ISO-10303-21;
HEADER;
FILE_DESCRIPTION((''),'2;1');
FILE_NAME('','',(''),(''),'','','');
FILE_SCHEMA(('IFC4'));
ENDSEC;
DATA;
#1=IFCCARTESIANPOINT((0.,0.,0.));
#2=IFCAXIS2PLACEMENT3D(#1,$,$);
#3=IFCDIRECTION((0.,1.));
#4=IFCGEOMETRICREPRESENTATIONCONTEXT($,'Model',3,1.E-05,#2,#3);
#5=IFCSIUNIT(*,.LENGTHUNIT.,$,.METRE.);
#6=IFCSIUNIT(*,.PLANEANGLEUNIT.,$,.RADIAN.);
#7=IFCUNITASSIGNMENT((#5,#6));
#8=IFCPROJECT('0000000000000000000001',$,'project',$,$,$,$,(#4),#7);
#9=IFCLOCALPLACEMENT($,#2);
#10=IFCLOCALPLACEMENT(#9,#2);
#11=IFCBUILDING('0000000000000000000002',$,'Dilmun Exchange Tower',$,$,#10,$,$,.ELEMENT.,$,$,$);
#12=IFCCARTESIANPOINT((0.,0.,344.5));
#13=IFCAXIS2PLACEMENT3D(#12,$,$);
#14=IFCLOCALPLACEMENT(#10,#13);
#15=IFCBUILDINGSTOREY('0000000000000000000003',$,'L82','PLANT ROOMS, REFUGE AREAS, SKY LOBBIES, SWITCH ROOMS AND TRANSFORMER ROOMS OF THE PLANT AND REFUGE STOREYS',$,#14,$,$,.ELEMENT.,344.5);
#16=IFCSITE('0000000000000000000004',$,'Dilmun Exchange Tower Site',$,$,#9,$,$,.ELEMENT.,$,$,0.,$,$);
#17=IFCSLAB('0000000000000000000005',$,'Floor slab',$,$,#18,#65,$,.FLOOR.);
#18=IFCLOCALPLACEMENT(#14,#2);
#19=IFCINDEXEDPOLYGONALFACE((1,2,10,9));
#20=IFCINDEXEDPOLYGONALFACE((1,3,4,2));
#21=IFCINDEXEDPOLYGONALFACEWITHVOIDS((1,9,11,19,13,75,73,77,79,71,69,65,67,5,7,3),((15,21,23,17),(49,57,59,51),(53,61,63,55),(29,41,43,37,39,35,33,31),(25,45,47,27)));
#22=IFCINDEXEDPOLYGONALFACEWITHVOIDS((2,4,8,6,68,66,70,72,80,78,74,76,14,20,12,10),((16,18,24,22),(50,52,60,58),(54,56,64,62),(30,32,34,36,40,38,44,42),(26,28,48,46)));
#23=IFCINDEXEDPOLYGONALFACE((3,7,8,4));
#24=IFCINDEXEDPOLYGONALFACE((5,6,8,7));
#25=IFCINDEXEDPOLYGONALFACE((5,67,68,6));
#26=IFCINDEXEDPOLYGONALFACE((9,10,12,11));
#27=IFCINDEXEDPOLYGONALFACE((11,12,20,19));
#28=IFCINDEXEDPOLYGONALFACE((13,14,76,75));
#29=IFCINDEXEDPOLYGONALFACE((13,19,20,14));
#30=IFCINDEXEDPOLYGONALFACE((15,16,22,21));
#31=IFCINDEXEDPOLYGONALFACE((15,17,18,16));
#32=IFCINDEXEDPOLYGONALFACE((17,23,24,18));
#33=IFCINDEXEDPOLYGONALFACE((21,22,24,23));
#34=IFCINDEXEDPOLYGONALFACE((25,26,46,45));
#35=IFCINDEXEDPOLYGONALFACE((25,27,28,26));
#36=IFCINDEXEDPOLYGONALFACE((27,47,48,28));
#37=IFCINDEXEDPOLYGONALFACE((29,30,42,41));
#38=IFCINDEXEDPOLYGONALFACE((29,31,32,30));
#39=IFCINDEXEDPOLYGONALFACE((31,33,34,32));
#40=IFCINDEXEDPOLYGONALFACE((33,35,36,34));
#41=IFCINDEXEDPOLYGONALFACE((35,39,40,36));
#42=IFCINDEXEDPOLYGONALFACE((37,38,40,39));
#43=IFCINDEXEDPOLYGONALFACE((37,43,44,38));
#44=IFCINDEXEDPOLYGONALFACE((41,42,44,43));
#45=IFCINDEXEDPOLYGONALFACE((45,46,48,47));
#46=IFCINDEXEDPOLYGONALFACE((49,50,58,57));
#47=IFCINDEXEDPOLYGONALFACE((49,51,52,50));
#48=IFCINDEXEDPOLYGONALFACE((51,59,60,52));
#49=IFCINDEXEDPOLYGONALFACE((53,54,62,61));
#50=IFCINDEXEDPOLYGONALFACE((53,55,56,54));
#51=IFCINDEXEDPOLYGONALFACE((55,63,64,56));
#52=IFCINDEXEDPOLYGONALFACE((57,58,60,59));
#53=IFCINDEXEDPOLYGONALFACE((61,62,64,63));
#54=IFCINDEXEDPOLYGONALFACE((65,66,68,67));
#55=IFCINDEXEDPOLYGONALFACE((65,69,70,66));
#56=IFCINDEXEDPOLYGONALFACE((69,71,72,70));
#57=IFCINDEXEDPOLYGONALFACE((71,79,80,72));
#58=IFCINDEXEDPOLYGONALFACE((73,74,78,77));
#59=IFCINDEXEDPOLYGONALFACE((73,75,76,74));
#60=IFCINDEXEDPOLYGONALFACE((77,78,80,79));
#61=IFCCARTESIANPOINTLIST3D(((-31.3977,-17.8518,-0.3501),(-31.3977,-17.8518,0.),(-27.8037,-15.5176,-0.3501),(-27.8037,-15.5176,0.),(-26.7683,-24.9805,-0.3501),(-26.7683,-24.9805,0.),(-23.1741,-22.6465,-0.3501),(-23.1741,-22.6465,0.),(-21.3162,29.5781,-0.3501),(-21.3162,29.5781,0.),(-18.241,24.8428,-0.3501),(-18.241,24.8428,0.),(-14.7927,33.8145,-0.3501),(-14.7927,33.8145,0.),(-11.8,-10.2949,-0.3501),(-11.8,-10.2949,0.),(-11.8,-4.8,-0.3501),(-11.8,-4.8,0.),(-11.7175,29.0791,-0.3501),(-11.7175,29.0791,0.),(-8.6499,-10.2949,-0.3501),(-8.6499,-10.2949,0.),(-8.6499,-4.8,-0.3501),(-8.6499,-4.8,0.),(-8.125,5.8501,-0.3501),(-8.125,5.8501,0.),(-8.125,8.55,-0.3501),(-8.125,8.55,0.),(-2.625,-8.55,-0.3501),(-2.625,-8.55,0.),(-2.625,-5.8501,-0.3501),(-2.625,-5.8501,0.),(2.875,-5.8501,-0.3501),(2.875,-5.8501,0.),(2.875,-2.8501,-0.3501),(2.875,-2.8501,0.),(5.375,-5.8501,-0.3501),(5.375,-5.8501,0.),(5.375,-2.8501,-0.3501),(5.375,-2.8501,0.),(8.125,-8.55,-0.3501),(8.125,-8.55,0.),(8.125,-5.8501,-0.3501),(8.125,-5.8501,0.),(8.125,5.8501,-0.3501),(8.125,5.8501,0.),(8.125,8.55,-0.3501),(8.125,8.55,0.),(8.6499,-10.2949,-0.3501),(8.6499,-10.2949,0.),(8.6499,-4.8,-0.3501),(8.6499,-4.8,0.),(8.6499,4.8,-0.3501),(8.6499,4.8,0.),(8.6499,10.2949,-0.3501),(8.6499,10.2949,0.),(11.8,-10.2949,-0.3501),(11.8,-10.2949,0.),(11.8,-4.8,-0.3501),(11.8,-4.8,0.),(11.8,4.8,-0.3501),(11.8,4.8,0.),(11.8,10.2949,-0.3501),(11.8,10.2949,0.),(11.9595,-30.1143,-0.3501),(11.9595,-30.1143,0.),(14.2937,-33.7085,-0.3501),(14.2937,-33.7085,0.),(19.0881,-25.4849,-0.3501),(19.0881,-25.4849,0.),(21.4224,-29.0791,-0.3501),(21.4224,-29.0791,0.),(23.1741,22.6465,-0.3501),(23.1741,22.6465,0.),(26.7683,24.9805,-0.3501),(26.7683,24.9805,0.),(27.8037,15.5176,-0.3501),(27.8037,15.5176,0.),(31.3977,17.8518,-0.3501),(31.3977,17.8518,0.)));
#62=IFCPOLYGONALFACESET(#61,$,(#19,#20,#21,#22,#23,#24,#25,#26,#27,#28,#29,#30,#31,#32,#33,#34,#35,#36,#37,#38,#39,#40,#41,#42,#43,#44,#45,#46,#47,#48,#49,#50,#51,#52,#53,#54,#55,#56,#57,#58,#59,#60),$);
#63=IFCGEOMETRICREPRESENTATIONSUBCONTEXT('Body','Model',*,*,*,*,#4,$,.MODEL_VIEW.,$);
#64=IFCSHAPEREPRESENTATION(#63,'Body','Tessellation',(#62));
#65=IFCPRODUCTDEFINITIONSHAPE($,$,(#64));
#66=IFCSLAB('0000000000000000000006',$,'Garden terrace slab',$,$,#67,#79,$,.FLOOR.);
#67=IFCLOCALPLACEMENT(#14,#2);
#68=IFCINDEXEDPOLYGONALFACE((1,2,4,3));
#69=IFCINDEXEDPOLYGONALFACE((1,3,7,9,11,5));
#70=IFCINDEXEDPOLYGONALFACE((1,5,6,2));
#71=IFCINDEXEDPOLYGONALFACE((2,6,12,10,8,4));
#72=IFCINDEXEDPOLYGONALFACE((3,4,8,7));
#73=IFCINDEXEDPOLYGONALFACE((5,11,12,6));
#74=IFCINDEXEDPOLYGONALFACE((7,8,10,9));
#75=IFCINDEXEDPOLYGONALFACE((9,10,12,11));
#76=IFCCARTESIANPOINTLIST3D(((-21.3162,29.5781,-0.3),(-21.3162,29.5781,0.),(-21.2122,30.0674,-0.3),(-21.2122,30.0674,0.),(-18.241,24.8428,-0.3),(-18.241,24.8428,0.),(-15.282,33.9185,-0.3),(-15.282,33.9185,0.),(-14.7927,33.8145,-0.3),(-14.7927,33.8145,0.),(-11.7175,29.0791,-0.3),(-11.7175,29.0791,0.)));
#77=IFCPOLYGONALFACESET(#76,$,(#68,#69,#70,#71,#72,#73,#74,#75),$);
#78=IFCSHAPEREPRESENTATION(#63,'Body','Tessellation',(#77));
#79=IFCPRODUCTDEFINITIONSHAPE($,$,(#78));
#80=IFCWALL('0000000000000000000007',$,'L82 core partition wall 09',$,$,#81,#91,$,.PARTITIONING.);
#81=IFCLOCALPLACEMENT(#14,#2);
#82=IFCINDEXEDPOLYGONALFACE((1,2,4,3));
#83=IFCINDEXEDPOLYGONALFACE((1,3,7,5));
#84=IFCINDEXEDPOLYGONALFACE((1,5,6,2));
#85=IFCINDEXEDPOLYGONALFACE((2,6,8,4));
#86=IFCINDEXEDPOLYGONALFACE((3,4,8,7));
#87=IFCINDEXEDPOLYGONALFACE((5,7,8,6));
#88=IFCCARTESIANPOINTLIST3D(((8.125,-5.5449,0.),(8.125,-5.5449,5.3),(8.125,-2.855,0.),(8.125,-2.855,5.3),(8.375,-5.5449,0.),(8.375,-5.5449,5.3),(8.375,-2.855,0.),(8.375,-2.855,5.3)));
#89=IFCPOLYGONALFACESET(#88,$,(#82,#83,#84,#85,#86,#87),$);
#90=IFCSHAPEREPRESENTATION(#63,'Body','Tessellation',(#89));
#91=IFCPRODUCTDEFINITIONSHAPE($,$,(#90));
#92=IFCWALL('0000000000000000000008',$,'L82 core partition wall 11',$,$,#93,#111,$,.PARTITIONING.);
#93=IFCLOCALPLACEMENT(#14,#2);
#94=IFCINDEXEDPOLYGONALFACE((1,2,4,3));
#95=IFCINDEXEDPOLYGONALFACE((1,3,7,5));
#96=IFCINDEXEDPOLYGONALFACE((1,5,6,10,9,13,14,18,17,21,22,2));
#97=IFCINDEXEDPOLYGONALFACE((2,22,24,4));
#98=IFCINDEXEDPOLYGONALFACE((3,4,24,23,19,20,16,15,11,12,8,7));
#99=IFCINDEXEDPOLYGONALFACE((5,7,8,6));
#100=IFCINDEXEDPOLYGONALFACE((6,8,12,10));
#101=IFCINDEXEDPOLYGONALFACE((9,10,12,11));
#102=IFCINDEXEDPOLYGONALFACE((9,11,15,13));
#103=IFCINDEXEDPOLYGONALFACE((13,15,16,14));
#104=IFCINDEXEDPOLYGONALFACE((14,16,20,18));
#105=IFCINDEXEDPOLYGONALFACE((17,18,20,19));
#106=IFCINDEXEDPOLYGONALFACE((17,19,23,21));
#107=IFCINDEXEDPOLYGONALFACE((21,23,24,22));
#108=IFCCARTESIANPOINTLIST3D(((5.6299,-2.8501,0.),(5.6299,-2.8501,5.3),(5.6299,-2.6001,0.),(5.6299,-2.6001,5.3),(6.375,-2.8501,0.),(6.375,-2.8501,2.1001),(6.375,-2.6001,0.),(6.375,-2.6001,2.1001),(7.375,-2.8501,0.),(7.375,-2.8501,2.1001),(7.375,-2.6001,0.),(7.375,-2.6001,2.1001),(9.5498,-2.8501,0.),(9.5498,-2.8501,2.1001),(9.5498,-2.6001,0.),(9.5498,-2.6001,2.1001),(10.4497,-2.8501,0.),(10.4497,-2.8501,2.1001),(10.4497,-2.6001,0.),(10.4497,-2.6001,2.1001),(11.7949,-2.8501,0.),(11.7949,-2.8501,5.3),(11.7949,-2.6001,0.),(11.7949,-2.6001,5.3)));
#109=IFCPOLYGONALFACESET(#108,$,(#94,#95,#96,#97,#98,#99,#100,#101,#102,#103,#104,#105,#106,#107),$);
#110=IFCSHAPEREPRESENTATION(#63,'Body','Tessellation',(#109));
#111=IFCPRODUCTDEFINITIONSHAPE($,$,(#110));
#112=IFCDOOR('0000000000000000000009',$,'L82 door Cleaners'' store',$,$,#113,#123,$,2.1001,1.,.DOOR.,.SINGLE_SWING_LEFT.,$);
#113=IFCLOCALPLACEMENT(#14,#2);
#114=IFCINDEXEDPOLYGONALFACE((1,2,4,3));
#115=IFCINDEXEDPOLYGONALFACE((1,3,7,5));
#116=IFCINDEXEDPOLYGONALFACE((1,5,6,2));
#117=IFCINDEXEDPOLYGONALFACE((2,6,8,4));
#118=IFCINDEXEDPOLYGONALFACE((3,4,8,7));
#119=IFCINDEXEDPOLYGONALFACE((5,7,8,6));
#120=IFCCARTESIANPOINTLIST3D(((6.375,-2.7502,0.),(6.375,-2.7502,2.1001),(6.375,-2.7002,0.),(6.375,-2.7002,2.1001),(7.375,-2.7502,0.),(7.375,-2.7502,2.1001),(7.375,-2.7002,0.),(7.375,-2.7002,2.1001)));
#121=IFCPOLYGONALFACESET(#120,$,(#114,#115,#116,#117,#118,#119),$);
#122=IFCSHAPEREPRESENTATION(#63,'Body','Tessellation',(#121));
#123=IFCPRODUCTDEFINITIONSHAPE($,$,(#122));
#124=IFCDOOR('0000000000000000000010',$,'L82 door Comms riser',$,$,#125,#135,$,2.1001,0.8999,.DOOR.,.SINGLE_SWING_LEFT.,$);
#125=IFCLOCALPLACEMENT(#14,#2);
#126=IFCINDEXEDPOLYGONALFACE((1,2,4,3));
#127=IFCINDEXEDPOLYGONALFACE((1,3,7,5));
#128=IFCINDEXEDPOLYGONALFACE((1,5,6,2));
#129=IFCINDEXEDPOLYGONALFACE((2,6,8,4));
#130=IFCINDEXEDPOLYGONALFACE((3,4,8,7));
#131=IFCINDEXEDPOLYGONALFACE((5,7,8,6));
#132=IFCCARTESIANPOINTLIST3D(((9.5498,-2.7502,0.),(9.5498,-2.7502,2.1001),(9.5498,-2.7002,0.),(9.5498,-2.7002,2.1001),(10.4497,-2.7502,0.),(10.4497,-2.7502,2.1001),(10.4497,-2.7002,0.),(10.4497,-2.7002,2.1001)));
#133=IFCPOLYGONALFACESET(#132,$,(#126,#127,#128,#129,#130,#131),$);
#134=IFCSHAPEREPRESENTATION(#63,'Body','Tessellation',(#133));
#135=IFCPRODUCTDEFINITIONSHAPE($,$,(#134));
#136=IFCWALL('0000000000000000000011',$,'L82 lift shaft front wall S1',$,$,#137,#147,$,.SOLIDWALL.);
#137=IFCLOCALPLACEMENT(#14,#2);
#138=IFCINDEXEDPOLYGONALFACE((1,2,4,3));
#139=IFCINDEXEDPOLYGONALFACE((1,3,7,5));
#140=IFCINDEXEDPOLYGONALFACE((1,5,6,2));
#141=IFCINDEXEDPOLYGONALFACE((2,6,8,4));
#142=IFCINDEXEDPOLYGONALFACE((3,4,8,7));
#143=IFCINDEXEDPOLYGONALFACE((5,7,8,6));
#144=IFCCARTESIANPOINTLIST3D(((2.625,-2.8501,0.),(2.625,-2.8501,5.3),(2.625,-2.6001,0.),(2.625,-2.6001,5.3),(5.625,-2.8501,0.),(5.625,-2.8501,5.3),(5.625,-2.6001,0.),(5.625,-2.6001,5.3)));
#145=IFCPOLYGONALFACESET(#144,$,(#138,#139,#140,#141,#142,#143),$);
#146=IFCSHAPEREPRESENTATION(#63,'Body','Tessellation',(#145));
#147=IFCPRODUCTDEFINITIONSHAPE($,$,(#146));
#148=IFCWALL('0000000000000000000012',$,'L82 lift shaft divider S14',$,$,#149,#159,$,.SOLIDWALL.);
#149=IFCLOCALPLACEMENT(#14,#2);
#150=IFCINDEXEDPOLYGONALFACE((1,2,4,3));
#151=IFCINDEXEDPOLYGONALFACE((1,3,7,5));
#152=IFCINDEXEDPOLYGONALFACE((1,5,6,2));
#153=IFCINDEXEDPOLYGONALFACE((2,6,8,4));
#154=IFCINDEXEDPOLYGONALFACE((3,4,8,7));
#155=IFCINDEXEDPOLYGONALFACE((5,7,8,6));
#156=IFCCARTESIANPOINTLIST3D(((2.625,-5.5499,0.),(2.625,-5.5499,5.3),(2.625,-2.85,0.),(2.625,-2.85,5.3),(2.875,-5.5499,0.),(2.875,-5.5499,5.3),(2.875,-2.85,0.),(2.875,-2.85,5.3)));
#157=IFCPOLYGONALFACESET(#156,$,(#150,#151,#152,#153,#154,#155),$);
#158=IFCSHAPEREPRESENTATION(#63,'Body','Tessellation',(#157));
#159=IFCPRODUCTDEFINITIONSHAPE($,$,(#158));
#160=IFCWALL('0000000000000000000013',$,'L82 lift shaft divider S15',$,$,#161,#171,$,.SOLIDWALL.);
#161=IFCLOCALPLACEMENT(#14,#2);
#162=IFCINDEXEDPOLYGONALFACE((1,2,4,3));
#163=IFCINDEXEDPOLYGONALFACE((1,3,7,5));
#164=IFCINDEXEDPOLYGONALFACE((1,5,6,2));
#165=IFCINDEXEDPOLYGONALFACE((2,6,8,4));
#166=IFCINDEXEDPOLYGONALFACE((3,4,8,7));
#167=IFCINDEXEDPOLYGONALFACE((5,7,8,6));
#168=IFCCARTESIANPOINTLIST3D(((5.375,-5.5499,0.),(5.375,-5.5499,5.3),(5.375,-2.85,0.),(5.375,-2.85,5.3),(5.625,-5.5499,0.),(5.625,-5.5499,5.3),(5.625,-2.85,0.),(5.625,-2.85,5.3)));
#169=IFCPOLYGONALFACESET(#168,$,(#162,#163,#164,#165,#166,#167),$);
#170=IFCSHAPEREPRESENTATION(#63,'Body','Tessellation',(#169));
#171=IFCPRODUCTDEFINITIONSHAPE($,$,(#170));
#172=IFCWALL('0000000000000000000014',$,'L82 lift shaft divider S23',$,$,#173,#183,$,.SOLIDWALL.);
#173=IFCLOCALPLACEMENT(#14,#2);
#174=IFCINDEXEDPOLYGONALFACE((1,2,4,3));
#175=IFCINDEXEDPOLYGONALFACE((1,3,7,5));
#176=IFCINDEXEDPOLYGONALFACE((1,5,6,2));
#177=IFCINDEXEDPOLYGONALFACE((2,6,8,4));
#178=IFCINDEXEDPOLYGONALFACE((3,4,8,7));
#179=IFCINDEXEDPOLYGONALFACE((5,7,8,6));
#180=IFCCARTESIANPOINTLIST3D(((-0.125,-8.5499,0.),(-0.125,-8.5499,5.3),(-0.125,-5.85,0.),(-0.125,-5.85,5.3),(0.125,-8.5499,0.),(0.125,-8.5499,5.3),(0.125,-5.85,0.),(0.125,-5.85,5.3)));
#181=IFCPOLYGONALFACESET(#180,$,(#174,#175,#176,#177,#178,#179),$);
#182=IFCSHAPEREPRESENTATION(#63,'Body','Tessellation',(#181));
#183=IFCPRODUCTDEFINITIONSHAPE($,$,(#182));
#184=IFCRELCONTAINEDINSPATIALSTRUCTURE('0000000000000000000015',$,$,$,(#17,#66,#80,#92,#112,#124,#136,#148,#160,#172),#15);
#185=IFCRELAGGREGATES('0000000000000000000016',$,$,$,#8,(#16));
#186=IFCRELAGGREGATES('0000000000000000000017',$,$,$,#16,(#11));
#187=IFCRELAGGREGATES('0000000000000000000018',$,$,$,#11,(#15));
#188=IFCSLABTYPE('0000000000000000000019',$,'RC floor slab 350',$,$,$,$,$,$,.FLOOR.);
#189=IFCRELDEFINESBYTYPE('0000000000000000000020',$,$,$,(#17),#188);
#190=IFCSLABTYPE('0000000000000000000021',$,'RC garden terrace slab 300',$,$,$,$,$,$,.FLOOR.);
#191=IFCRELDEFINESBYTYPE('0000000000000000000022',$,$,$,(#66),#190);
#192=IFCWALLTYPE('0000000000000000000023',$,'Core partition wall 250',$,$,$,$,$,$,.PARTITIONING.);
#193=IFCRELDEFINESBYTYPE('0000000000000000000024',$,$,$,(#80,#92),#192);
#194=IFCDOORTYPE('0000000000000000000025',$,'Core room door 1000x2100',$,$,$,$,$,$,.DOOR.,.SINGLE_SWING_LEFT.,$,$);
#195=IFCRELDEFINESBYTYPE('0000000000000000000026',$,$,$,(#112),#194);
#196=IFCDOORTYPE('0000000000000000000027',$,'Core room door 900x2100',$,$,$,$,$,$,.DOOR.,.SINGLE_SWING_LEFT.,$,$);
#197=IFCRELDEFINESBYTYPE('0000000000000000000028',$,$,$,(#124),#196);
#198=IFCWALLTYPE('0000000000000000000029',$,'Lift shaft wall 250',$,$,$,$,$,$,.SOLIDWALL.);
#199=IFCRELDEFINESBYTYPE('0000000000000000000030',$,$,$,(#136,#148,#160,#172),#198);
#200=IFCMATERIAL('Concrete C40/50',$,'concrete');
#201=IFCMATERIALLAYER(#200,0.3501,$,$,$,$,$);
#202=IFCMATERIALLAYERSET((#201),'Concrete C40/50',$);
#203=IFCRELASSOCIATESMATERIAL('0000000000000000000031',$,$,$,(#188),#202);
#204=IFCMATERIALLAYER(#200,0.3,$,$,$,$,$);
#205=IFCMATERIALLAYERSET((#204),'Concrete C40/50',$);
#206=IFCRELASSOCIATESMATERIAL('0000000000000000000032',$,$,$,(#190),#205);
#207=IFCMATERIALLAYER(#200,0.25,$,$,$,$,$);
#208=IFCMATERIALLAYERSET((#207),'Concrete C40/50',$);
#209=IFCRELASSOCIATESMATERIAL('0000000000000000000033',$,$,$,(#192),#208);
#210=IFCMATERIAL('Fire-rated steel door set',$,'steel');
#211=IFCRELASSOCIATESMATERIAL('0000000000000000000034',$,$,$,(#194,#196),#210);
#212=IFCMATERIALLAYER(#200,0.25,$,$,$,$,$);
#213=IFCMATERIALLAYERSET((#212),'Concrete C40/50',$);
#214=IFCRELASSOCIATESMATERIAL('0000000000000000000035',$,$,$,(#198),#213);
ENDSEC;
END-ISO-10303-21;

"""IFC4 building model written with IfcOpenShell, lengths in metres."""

from ifc_helpers import new_model, si_unit, direction, frame, frame_2d, origin, place, context, subcontext, project, spatial, polyline, rectangle, outline, extrude, material, layer, layer_set, type_object, element, fill, save


model = new_model("IFC4")

# Units and contexts
model_context = context("Model", 3, precision=1e-05, world=origin(), true_north=direction((0.0, 1.0)))
body_context = subcontext(model_context, "Body", "Model", "MODEL_VIEW")
ifc_project = project(units=[si_unit("LENGTHUNIT", "METRE"), si_unit("PLANEANGLEUNIT", "RADIAN")], contexts=[model_context])

# Site, building, storey
site_placement = place(None, origin())
site = spatial("IfcSite", under=ifc_project, at=site_placement, Name="Dilmun Exchange Tower Site", CompositionType="ELEMENT", RefElevation=0.0)
building_placement = place(site_placement, origin())
building = spatial("IfcBuilding", under=site, at=building_placement, Name="Dilmun Exchange Tower", CompositionType="ELEMENT")
storey_placement = place(building_placement, frame((0.0, 0.0, 344.5)))
storey = spatial("IfcBuildingStorey", under=building, at=storey_placement, Name="L82", Description="PLANT ROOMS, REFUGE AREAS, SKY LOBBIES, SWITCH ROOMS AND TRANSFORMER ROOMS OF THE PLANT AND REFUGE STOREYS", CompositionType="ELEMENT", Elevation=344.5)

# Slabs
ifc_material_1 = material(Name="Concrete C40/50", Category="concrete")
ifc_layer_1 = layer(ifc_material_1, 0.3501)
ifc_layer_set_1 = layer_set([ifc_layer_1], Name="Concrete C40/50")
slab_type_1 = type_object("IfcSlabType", Name="RC floor slab 350", PredefinedType="FLOOR", material=ifc_layer_set_1)
slab_1_placement = place(storey_placement, frame((0.0, 0.0, -0.3501)))
element("IfcSlab", 1, at=slab_1_placement, inside=storey, type_object=slab_type_1, Name="Floor slab", PredefinedType="FLOOR", context=body_context, shape_type="SweptSolid", body=[
    extrude(outline(polyline([(23.1741, 22.6465), (27.8037, 15.5176), (31.3977, 17.8518), (21.4224, -29.0791), (19.0881, -25.4849), (11.9595, -30.1143), (14.2937, -33.7085), (-26.7683, -24.9805), (-23.1741, -22.6465), (-27.8037, -15.5176), (-31.3977, -17.8518), (-21.3162, 29.5781), (-18.241, 24.8428), (-11.7175, 29.0791), (-14.7927, 33.8145), (26.7683, 24.9805), (23.1741, 22.6465)]), holes=[polyline([(-8.6499, -4.8), (-11.8, -4.8), (-11.8, -10.2949), (-8.6499, -10.2949), (-8.6499, -4.8)]), polyline([(11.8, -4.8), (8.6499, -4.8), (8.6499, -10.2949), (11.8, -10.2949), (11.8, -4.8)]), polyline([(2.875, -5.8501), (-2.625, -5.8501), (-2.625, -8.55), (8.125, -8.55), (8.125, -5.8501), (5.375, -5.8501), (5.375, -2.8501), (2.875, -2.8501), (2.875, -5.8501)]), polyline([(8.125, 5.8501), (8.125, 8.55), (-8.125, 8.55), (-8.125, 5.8501), (8.125, 5.8501)]), polyline([(8.6499, 10.2949), (8.6499, 4.8), (11.8, 4.8), (11.8, 10.2949), (8.6499, 10.2949)])]), origin(), (0.0, 0.0, 1.0), 0.3501),
])
ifc_layer_2 = layer(ifc_material_1, 0.3)
ifc_layer_set_2 = layer_set([ifc_layer_2], Name="Concrete C40/50")
slab_type_2 = type_object("IfcSlabType", Name="RC garden terrace slab 300", PredefinedType="FLOOR", material=ifc_layer_set_2)
slab_2_placement = place(storey_placement, frame((0.0, 0.0, -0.3)))
element("IfcSlab", 2, at=slab_2_placement, inside=storey, type_object=slab_type_2, Name="Garden terrace slab", PredefinedType="FLOOR", context=body_context, shape_type="SweptSolid", body=[
    extrude(outline(polyline([(-18.241, 24.8428), (-21.3162, 29.5781), (-21.2122, 30.0674), (-15.282, 33.9185), (-14.7927, 33.8145), (-11.7175, 29.0791), (-18.241, 24.8428)])), origin(), (0.0, 0.0, 1.0), 0.3),
])

# Shared definitions
ifc_material_2 = material(Name="Fire-rated steel door set", Category="steel")

# Wall
ifc_layer_3 = layer(ifc_material_1, 0.25)
ifc_layer_set_3 = layer_set([ifc_layer_3], Name="Concrete C40/50")
wall_type_1 = type_object("IfcWallType", Name="Core partition wall 250", PredefinedType="PARTITIONING", material=ifc_layer_set_3)
wall_1_placement = place(storey_placement, frame((8.25, -5.5449, 0.0), z_axis=(0.0, 0.0, 1.0), x_axis=(0.0, 1.0, 0.0)))
element("IfcWall", 3, at=wall_1_placement, inside=storey, type_object=wall_type_1, Name="L82 core partition wall 09", PredefinedType="PARTITIONING", context=body_context, shape_type="SweptSolid", body=[
    extrude(rectangle(XDim=2.6899, YDim=0.25, at=frame_2d((1.345, 0.0))), origin(), (0.0, 0.0, 1.0), 5.3),
])

# Wall, openings, doors
wall_2_placement = place(storey_placement, frame((5.6299, -2.7251, 0.0), z_axis=(0.0, 0.0, 1.0), x_axis=(1.0, 0.0, 0.0)))
wall_2 = element("IfcWall", 4, at=wall_2_placement, inside=storey, type_object=wall_type_1, Name="L82 core partition wall 11", PredefinedType="PARTITIONING", context=body_context, shape_type="SweptSolid", body=[
    extrude(rectangle(XDim=6.165, YDim=0.25, at=frame_2d((3.0825, 0.0))), origin(), (0.0, 0.0, 1.0), 5.3),
])
opening_1_placement = place(wall_2_placement, frame((0.7451, 0.0, 0.0)))
opening_1 = element("IfcOpeningElement", 5, at=opening_1_placement, cuts=wall_2, PredefinedType="OPENING", context=body_context, shape_type="SweptSolid", body=[
    extrude(rectangle(XDim=1.0, YDim=2.1001, at=frame_2d((0.5, 1.05))), frame((0.0, 0.135, 0.0), z_axis=(0.0, -1.0, 0.0), x_axis=(1.0, 0.0, 0.0)), (0.0, 0.0, 1.0), 0.27),
])
opening_2_placement = place(wall_2_placement, frame((3.9199, 0.0, 0.0)))
opening_2 = element("IfcOpeningElement", 6, at=opening_2_placement, cuts=wall_2, PredefinedType="OPENING", context=body_context, shape_type="SweptSolid", body=[
    extrude(rectangle(XDim=0.8999, YDim=2.1001, at=frame_2d((0.45, 1.05))), frame((0.0, 0.135, 0.0), z_axis=(0.0, -1.0, 0.0), x_axis=(1.0, 0.0, 0.0)), (0.0, 0.0, 1.0), 0.27),
])
door_type_1 = type_object("IfcDoorType", Name="Core room door 1000x2100", OperationType="SINGLE_SWING_LEFT", PredefinedType="DOOR", material=ifc_material_2)
door_1_placement = place(opening_1_placement, origin())
door_1 = element("IfcDoor", 7, at=door_1_placement, inside=storey, type_object=door_type_1, Name="L82 door Cleaners' store", OperationType="SINGLE_SWING_LEFT", OverallHeight=2.1001, OverallWidth=1.0, PredefinedType="DOOR", context=body_context, shape_type="SweptSolid", body=[
    extrude(rectangle(XDim=1.0, YDim=2.1001, at=frame_2d((0.5, 1.05))), frame((0.0, 0.0249, 0.0), z_axis=(0.0, -1.0, 0.0), x_axis=(1.0, 0.0, 0.0)), (0.0, 0.0, 1.0), 0.05),
])
fill(opening_1, door_1)
door_type_2 = type_object("IfcDoorType", Name="Core room door 900x2100", OperationType="SINGLE_SWING_LEFT", PredefinedType="DOOR", material=ifc_material_2)
door_2_placement = place(opening_2_placement, origin())
door_2 = element("IfcDoor", 8, at=door_2_placement, inside=storey, type_object=door_type_2, Name="L82 door Comms riser", OperationType="SINGLE_SWING_LEFT", OverallHeight=2.1001, OverallWidth=0.8999, PredefinedType="DOOR", context=body_context, shape_type="SweptSolid", body=[
    extrude(rectangle(XDim=0.8999, YDim=2.1001, at=frame_2d((0.45, 1.05))), frame((0.0, 0.0249, 0.0), z_axis=(0.0, -1.0, 0.0), x_axis=(1.0, 0.0, 0.0)), (0.0, 0.0, 1.0), 0.05),
])
fill(opening_2, door_2)

# Walls
ifc_layer_4 = layer(ifc_material_1, 0.25)
ifc_layer_set_4 = layer_set([ifc_layer_4], Name="Concrete C40/50")
wall_type_2 = type_object("IfcWallType", Name="Lift shaft wall 250", PredefinedType="SOLIDWALL", material=ifc_layer_set_4)
wall_3_placement = place(storey_placement, frame((2.625, -2.7251, 0.0), z_axis=(0.0, 0.0, 1.0), x_axis=(1.0, 0.0, 0.0)))
element("IfcWall", 9, at=wall_3_placement, inside=storey, type_object=wall_type_2, Name="L82 lift shaft front wall S1", PredefinedType="SOLIDWALL", context=body_context, shape_type="SweptSolid", body=[
    extrude(rectangle(XDim=3.0, YDim=0.25, at=frame_2d((1.5, 0.0))), origin(), (0.0, 0.0, 1.0), 5.3),
])
for number, where, z_axis, x_axis, name in (
    (10, (2.75, -5.55, 0.0), (0.0, 0.0, 1.0), (0.0, 1.0, 0.0), "L82 lift shaft divider S14"),
    (11, (5.5, -5.55, 0.0), (0.0, 0.0, 1.0), (0.0, 1.0, 0.0), "L82 lift shaft divider S15"),
    (12, (0.0, -8.55, 0.0), (0.0, 0.0, 1.0), (0.0, 1.0, 0.0), "L82 lift shaft divider S23"),
):
    element("IfcWall", number, at=place(storey_placement, frame(where, z_axis=z_axis, x_axis=x_axis)), inside=storey, type_object=wall_type_2, Name=name, PredefinedType="SOLIDWALL", context=body_context, shape_type="SweptSolid", body=[
        extrude(rectangle(XDim=2.7, YDim=0.25, at=frame_2d((1.3501, 0.0))), origin(), (0.0, 0.0, 1.0), 5.3),
    ])

save(model, "model.ifc")
